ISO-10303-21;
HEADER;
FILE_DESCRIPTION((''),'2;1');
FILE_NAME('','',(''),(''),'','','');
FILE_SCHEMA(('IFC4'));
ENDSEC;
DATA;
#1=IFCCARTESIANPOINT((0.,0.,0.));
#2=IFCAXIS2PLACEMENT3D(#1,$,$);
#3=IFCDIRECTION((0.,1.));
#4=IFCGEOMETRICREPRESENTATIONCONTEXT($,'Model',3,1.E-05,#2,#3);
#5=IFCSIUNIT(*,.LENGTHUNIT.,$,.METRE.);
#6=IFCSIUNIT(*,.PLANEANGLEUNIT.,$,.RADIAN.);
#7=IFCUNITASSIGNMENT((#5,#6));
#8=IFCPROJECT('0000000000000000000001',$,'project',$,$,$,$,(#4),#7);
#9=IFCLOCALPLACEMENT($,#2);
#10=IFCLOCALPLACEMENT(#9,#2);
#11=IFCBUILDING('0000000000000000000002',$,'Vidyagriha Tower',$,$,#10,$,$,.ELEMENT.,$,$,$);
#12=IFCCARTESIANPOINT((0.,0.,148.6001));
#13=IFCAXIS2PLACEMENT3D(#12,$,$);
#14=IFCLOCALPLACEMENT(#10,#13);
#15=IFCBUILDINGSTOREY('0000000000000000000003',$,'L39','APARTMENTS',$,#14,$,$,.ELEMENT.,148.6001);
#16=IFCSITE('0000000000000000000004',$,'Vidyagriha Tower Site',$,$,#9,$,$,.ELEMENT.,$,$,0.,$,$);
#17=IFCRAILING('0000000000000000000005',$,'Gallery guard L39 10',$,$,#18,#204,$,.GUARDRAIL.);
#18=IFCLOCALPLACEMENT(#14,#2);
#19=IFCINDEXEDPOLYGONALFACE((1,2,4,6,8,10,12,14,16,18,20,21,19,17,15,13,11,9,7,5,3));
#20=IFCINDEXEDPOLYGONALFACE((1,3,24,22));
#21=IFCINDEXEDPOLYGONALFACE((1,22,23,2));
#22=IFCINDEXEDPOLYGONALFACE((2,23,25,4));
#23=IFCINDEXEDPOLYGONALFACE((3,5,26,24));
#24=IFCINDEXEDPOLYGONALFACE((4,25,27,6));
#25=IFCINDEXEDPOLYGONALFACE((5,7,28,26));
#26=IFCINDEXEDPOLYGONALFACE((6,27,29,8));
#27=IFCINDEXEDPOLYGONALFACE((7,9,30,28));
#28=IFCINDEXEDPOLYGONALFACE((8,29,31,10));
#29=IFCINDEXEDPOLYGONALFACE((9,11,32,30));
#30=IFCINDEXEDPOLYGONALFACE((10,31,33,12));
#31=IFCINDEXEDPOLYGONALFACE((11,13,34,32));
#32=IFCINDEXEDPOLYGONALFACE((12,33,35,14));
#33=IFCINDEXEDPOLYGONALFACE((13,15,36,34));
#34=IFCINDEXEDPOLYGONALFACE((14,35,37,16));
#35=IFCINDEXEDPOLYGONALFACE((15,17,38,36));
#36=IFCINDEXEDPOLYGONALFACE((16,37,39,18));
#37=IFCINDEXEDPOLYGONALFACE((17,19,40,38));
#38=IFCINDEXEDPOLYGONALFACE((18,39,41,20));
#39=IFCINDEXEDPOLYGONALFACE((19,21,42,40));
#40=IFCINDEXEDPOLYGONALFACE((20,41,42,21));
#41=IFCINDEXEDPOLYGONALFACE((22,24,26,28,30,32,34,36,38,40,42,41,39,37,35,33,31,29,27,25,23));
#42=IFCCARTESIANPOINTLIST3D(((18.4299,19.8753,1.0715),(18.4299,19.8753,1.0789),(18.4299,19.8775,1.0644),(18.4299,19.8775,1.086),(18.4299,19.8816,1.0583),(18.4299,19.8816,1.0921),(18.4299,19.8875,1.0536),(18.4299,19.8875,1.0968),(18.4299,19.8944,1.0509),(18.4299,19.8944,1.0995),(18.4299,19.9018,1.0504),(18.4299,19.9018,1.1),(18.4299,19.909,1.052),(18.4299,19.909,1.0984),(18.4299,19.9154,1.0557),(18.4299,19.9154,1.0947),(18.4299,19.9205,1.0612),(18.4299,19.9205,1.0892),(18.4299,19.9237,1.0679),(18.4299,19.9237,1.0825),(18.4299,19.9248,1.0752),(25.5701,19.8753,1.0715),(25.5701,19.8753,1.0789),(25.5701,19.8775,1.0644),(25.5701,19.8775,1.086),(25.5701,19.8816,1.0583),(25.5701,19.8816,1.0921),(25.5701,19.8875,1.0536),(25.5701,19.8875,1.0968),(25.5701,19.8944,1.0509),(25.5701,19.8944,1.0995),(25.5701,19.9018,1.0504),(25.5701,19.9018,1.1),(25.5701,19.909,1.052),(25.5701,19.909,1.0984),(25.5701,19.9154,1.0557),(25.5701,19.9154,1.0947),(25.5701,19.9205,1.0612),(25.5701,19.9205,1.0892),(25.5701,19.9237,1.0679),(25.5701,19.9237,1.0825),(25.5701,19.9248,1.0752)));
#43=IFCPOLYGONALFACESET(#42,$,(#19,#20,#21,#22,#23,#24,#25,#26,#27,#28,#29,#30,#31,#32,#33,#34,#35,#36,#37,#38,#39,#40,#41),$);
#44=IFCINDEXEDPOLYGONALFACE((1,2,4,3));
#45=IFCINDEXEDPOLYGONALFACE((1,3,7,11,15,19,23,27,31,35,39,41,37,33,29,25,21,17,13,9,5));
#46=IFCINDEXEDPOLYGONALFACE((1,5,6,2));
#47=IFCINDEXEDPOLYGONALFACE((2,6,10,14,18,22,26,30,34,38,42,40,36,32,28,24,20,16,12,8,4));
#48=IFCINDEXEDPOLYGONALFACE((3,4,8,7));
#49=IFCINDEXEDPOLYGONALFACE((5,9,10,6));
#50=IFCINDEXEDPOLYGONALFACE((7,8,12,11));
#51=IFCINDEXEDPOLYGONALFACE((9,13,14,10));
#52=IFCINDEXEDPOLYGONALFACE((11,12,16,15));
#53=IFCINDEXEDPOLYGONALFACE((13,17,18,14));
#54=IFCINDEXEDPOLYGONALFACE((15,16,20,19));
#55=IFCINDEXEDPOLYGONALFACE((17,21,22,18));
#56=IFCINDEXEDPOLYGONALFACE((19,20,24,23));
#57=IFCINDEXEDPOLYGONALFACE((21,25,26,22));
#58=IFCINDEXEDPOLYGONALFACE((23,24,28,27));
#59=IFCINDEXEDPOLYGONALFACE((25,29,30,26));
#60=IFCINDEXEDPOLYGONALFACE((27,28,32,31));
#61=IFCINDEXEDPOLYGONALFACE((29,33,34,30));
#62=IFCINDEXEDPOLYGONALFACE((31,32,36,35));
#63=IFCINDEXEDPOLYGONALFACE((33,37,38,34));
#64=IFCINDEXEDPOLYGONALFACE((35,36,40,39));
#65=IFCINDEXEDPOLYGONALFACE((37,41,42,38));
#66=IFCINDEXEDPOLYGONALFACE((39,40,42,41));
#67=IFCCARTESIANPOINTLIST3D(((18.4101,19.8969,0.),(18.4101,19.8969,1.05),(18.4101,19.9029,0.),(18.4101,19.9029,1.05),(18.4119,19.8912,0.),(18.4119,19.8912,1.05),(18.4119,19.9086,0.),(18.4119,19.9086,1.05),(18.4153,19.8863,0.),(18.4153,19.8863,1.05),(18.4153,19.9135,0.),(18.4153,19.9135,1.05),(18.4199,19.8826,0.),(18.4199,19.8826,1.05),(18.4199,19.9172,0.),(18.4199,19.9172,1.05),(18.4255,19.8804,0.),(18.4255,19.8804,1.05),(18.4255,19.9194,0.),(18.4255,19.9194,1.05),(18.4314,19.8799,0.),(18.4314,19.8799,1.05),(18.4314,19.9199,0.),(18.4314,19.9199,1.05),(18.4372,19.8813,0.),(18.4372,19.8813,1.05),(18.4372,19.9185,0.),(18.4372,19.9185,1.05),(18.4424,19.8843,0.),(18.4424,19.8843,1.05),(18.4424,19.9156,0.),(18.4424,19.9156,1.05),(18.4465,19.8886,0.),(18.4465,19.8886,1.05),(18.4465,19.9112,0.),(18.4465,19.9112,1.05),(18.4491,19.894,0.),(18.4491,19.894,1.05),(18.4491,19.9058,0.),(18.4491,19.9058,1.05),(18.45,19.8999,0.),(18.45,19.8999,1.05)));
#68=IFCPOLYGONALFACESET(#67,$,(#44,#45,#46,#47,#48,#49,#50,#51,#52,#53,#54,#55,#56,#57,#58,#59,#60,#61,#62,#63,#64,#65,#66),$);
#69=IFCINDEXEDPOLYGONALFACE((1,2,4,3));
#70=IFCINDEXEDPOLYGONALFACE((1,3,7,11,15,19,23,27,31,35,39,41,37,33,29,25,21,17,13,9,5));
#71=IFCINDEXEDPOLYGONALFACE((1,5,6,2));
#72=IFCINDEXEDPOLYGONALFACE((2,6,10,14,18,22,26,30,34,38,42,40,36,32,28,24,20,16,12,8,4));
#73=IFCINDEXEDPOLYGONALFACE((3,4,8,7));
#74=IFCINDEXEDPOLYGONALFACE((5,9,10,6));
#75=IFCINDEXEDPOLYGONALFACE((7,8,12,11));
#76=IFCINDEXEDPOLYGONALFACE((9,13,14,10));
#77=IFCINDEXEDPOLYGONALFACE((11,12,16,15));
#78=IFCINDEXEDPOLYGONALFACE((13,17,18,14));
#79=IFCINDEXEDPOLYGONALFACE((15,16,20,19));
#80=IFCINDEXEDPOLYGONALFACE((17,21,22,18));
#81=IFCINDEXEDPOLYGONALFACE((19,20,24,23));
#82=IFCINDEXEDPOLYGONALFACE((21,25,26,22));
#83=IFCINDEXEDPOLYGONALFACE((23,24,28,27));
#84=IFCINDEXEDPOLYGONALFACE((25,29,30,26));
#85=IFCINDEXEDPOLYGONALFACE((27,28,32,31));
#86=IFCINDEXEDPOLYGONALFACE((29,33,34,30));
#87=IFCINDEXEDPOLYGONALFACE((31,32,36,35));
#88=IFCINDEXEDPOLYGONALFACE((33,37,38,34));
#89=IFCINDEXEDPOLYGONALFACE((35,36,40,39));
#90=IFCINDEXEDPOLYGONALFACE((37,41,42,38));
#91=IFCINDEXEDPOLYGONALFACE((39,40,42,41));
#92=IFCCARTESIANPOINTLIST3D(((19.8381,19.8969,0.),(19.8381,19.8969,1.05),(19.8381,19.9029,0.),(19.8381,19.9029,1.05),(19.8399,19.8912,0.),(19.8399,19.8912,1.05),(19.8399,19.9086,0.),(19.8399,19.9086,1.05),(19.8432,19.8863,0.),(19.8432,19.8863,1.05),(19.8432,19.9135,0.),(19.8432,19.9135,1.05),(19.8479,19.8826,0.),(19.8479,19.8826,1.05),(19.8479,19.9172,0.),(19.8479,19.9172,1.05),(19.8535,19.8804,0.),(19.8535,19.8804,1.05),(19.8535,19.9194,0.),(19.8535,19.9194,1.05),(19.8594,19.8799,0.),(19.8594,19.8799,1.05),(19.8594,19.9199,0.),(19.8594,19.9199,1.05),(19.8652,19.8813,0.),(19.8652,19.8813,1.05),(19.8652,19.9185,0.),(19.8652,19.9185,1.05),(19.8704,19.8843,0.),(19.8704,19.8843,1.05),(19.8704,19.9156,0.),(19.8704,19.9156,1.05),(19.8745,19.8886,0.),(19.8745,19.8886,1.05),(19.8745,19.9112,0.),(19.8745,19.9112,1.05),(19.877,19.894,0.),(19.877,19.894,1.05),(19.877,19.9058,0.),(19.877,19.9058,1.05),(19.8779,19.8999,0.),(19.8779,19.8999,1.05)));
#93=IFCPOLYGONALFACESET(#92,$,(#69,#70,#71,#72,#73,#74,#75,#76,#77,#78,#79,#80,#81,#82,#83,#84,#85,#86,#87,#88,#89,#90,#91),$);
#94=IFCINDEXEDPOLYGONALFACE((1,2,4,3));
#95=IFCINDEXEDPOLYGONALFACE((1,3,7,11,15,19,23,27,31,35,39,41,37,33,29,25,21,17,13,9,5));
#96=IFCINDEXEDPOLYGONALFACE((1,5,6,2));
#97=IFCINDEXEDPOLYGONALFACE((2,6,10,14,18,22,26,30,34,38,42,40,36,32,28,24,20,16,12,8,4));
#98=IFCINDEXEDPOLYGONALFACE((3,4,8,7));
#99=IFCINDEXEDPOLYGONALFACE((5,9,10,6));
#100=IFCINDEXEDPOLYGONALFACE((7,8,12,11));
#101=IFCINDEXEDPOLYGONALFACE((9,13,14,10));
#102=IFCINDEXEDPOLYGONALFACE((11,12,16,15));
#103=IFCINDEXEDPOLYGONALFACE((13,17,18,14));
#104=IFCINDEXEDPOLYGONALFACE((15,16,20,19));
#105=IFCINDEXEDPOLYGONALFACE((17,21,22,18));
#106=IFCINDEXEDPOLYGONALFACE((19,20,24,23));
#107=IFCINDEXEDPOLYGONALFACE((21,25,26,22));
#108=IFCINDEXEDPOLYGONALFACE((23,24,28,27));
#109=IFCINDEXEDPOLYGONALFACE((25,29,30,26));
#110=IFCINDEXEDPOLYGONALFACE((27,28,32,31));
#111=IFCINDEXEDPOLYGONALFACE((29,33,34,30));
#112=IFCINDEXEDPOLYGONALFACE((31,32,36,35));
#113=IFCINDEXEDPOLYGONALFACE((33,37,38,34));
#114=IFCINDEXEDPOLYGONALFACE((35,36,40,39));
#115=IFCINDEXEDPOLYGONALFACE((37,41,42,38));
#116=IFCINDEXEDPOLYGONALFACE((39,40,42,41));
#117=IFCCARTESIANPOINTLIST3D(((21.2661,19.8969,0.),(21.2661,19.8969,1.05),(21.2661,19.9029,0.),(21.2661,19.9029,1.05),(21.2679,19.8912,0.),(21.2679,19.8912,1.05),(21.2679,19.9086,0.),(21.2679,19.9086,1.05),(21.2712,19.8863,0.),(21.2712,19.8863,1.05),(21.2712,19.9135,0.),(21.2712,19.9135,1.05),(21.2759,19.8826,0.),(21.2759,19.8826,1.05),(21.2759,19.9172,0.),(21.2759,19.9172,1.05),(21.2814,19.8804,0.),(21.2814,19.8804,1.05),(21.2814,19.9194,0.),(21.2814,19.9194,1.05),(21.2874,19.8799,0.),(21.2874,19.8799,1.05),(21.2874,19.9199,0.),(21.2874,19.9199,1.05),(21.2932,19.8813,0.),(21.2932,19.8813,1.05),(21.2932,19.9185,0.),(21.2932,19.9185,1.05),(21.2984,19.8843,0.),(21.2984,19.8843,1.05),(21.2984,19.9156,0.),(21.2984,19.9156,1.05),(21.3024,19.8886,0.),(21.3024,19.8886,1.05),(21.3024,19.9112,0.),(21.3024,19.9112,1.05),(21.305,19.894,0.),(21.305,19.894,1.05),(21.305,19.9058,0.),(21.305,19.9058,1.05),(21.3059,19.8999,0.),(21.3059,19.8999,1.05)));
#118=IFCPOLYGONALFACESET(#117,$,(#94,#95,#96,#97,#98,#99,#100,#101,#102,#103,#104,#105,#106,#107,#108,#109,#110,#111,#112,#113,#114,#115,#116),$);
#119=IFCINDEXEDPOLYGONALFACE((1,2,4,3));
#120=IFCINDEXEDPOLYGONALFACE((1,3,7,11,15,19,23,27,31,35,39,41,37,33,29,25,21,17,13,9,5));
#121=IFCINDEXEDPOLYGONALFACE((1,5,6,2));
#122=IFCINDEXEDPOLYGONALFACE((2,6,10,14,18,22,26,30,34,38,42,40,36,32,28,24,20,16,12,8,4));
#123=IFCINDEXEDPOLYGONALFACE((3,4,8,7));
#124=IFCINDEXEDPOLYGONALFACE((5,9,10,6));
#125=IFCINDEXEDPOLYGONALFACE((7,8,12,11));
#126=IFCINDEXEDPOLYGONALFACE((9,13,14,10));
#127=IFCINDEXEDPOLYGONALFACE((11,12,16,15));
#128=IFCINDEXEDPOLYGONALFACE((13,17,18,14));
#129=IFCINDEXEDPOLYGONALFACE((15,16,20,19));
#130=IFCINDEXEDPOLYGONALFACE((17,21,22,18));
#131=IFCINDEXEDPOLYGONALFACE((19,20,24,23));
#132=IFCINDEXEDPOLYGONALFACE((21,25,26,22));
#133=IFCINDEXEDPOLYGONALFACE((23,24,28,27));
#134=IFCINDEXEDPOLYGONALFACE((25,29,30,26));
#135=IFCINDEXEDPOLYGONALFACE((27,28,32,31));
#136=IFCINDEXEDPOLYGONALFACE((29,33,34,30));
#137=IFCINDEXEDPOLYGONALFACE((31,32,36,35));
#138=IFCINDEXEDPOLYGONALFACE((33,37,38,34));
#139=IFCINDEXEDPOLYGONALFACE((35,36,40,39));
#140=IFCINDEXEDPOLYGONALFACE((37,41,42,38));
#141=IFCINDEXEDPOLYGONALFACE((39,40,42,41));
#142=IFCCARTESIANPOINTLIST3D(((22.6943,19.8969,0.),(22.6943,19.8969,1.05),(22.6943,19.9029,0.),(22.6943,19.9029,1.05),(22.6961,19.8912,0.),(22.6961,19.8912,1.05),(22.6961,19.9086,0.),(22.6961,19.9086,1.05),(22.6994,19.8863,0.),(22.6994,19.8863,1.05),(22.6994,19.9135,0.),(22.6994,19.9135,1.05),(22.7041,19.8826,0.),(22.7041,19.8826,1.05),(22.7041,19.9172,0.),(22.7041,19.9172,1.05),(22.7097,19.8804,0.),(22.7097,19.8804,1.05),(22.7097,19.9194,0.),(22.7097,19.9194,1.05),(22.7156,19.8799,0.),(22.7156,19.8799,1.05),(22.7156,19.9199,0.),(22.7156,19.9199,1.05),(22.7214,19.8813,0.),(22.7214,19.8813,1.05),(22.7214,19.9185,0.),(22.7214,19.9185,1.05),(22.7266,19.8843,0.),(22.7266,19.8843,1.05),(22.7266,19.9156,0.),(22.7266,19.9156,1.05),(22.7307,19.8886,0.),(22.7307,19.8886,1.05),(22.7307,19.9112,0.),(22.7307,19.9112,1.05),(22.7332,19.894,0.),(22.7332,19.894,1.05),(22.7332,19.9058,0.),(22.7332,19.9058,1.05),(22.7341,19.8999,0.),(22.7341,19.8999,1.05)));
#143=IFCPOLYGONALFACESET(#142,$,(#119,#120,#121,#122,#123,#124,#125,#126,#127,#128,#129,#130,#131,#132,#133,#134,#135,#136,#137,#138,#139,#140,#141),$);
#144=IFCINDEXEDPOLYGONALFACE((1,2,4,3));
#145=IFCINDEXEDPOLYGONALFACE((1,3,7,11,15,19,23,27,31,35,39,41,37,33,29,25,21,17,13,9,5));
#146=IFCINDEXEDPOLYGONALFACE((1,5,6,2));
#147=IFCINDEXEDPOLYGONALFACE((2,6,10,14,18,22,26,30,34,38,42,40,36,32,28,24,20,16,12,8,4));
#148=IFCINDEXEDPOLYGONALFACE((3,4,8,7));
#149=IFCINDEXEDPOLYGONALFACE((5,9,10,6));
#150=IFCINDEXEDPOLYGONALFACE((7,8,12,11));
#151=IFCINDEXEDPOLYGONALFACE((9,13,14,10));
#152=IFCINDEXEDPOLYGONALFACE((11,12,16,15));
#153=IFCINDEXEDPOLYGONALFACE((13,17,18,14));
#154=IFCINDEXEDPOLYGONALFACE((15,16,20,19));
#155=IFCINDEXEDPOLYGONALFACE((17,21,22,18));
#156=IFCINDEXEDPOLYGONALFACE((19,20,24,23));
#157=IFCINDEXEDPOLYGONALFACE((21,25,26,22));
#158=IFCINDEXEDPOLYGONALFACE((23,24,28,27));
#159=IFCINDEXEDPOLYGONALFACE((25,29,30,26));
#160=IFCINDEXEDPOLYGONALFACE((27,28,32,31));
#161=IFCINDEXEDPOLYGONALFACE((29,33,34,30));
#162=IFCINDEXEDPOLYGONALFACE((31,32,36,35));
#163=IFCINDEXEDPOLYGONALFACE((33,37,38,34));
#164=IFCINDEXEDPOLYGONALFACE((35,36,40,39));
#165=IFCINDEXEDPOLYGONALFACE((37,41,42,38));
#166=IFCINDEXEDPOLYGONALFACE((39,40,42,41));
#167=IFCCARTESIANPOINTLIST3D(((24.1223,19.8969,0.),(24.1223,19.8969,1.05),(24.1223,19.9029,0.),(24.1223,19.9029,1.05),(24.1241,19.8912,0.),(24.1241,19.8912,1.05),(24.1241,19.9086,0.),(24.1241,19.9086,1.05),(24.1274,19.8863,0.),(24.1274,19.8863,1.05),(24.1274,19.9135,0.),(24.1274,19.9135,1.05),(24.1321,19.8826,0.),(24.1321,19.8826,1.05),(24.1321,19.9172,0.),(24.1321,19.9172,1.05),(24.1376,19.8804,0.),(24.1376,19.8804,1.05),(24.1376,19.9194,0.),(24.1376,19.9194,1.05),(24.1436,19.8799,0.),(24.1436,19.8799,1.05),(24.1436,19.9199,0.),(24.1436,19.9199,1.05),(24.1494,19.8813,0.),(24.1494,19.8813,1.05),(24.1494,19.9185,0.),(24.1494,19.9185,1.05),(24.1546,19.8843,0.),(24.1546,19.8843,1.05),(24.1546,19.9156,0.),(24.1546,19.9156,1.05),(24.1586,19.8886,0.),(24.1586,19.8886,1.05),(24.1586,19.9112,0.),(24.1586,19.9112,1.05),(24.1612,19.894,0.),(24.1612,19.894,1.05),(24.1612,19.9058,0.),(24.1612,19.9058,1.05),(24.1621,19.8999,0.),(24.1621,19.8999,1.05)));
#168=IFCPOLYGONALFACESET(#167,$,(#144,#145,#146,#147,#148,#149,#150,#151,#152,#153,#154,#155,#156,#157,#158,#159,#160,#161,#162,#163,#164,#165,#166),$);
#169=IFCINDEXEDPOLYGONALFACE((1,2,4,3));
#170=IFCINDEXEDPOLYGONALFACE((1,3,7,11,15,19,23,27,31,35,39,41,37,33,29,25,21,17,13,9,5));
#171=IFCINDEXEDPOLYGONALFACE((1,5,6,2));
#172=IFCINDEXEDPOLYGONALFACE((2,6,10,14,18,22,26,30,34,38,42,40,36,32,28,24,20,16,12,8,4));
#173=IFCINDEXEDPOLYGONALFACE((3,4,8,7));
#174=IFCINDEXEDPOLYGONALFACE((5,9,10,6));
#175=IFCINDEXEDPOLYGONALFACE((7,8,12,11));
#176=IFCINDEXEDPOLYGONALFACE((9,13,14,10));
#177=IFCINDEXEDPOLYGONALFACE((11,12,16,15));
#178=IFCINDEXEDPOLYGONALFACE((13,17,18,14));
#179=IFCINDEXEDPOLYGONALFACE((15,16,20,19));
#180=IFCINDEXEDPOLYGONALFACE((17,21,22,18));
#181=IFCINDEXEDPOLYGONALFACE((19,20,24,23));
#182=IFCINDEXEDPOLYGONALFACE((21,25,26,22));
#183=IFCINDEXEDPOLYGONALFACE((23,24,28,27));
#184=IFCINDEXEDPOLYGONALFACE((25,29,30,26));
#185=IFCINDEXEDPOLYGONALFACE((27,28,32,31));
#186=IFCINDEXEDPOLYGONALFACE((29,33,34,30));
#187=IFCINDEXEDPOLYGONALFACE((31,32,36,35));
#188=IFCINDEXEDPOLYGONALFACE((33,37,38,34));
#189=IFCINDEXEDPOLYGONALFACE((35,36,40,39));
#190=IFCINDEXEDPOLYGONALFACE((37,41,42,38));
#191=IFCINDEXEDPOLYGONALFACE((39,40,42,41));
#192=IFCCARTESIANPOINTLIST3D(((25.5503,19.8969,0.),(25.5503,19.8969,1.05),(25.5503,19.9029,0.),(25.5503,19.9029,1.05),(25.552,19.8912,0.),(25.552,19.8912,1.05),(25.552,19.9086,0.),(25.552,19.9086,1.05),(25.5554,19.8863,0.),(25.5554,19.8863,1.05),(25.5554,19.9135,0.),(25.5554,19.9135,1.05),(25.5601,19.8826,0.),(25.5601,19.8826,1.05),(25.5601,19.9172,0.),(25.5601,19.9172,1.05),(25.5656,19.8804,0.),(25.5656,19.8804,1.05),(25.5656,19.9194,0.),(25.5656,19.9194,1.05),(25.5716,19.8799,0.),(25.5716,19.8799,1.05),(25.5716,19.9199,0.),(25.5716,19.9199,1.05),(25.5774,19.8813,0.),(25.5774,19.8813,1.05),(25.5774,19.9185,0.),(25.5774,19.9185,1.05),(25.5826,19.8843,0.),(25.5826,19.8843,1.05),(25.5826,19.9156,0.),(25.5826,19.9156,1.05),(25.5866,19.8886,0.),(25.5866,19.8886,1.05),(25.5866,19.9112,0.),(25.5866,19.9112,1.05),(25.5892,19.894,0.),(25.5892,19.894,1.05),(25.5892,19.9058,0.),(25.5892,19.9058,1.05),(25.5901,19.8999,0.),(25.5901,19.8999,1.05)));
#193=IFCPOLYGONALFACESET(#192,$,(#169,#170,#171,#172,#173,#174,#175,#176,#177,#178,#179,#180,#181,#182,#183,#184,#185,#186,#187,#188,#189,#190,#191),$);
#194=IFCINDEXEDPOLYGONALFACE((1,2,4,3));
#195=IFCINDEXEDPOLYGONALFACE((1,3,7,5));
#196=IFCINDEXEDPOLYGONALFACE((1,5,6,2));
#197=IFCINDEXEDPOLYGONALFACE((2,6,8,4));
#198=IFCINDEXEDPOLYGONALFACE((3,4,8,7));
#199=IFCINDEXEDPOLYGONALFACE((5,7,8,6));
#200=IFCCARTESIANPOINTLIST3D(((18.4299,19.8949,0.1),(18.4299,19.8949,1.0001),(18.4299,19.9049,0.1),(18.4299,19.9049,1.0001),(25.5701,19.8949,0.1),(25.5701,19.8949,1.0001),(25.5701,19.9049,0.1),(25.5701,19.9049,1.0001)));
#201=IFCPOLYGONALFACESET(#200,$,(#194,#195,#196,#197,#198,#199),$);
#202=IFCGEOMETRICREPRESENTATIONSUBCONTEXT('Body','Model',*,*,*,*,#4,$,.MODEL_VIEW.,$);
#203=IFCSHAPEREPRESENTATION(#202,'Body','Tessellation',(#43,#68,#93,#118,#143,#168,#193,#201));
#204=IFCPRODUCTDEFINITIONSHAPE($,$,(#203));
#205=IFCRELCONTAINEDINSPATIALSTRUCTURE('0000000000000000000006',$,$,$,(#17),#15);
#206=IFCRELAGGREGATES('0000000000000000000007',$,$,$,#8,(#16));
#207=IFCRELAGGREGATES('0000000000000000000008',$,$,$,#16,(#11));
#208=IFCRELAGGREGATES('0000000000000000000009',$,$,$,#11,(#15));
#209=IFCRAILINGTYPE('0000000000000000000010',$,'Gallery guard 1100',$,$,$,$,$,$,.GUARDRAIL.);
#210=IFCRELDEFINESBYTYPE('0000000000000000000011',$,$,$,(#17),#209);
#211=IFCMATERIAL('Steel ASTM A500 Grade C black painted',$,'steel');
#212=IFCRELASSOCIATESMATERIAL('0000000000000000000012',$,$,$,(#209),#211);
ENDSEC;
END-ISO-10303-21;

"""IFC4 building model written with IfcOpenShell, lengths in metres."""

from ifc_helpers import new_model, si_unit, direction, frame, origin, origin_2d, place, context, subcontext, project, spatial, rectangle, circle, extrude, material, type_object, element, save


model = new_model("IFC4")

# Units and contexts
model_context = context("Model", 3, precision=1e-05, world=origin(), true_north=direction((0.0, 1.0)))
body_context = subcontext(model_context, "Body", "Model", "MODEL_VIEW")
ifc_project = project(units=[si_unit("LENGTHUNIT", "METRE"), si_unit("PLANEANGLEUNIT", "RADIAN")], contexts=[model_context])

# Site, building, storey
site_placement = place(None, origin())
site = spatial("IfcSite", under=ifc_project, at=site_placement, Name="Vidyagriha Tower Site", CompositionType="ELEMENT", RefElevation=0.0)
building_placement = place(site_placement, origin())
building = spatial("IfcBuilding", under=site, at=building_placement, Name="Vidyagriha Tower", CompositionType="ELEMENT")
storey_placement = place(building_placement, frame((0.0, 0.0, 148.6001)))
storey = spatial("IfcBuildingStorey", under=building, at=storey_placement, Name="L39", Description="APARTMENTS", CompositionType="ELEMENT", Elevation=148.6001)

# Railing
ifc_material_1 = material(Name="Steel ASTM A500 Grade C black painted", Category="steel")
railing_type = type_object("IfcRailingType", Name="Gallery guard 1100", PredefinedType="GUARDRAIL", material=ifc_material_1)
railing_1_placement = place(storey_placement, frame((18.4299, 19.8999, 0.0)))
element("IfcRailing", 1, at=railing_1_placement, inside=storey, type_object=railing_type, Name="Gallery guard L39 10", PredefinedType="GUARDRAIL", context=body_context, shape_type="SweptSolid", body=[
    extrude(circle(Radius=0.0249, at=origin_2d()), frame((0.0, 0.0, 1.0752), z_axis=(1.0, 0.0, 0.0), x_axis=(0.0, 1.0, 0.0)), (0.0, 0.0, 1.0), 7.1401),
    extrude(circle(Radius=0.02, at=origin_2d()), origin(), (0.0, 0.0, 1.0), 1.05),
    extrude(circle(Radius=0.02, at=origin_2d()), frame((1.428, 0.0, 0.0)), (0.0, 0.0, 1.0), 1.05),
    extrude(circle(Radius=0.02, at=origin_2d()), frame((2.856, 0.0, 0.0)), (0.0, 0.0, 1.0), 1.05),
    extrude(circle(Radius=0.02, at=origin_2d()), frame((4.2842, 0.0, 0.0)), (0.0, 0.0, 1.0), 1.05),
    extrude(circle(Radius=0.02, at=origin_2d()), frame((5.7122, 0.0, 0.0)), (0.0, 0.0, 1.0), 1.05),
    extrude(circle(Radius=0.02, at=origin_2d()), frame((7.1401, 0.0, 0.0)), (0.0, 0.0, 1.0), 1.05),
    extrude(rectangle(XDim=0.01, YDim=0.9001, at=origin_2d()), frame((0.0, 0.0, 0.55), z_axis=(1.0, 0.0, 0.0), x_axis=(0.0, 1.0, 0.0)), (0.0, 0.0, 1.0), 7.1401),
])

save(model, "model.ifc")
